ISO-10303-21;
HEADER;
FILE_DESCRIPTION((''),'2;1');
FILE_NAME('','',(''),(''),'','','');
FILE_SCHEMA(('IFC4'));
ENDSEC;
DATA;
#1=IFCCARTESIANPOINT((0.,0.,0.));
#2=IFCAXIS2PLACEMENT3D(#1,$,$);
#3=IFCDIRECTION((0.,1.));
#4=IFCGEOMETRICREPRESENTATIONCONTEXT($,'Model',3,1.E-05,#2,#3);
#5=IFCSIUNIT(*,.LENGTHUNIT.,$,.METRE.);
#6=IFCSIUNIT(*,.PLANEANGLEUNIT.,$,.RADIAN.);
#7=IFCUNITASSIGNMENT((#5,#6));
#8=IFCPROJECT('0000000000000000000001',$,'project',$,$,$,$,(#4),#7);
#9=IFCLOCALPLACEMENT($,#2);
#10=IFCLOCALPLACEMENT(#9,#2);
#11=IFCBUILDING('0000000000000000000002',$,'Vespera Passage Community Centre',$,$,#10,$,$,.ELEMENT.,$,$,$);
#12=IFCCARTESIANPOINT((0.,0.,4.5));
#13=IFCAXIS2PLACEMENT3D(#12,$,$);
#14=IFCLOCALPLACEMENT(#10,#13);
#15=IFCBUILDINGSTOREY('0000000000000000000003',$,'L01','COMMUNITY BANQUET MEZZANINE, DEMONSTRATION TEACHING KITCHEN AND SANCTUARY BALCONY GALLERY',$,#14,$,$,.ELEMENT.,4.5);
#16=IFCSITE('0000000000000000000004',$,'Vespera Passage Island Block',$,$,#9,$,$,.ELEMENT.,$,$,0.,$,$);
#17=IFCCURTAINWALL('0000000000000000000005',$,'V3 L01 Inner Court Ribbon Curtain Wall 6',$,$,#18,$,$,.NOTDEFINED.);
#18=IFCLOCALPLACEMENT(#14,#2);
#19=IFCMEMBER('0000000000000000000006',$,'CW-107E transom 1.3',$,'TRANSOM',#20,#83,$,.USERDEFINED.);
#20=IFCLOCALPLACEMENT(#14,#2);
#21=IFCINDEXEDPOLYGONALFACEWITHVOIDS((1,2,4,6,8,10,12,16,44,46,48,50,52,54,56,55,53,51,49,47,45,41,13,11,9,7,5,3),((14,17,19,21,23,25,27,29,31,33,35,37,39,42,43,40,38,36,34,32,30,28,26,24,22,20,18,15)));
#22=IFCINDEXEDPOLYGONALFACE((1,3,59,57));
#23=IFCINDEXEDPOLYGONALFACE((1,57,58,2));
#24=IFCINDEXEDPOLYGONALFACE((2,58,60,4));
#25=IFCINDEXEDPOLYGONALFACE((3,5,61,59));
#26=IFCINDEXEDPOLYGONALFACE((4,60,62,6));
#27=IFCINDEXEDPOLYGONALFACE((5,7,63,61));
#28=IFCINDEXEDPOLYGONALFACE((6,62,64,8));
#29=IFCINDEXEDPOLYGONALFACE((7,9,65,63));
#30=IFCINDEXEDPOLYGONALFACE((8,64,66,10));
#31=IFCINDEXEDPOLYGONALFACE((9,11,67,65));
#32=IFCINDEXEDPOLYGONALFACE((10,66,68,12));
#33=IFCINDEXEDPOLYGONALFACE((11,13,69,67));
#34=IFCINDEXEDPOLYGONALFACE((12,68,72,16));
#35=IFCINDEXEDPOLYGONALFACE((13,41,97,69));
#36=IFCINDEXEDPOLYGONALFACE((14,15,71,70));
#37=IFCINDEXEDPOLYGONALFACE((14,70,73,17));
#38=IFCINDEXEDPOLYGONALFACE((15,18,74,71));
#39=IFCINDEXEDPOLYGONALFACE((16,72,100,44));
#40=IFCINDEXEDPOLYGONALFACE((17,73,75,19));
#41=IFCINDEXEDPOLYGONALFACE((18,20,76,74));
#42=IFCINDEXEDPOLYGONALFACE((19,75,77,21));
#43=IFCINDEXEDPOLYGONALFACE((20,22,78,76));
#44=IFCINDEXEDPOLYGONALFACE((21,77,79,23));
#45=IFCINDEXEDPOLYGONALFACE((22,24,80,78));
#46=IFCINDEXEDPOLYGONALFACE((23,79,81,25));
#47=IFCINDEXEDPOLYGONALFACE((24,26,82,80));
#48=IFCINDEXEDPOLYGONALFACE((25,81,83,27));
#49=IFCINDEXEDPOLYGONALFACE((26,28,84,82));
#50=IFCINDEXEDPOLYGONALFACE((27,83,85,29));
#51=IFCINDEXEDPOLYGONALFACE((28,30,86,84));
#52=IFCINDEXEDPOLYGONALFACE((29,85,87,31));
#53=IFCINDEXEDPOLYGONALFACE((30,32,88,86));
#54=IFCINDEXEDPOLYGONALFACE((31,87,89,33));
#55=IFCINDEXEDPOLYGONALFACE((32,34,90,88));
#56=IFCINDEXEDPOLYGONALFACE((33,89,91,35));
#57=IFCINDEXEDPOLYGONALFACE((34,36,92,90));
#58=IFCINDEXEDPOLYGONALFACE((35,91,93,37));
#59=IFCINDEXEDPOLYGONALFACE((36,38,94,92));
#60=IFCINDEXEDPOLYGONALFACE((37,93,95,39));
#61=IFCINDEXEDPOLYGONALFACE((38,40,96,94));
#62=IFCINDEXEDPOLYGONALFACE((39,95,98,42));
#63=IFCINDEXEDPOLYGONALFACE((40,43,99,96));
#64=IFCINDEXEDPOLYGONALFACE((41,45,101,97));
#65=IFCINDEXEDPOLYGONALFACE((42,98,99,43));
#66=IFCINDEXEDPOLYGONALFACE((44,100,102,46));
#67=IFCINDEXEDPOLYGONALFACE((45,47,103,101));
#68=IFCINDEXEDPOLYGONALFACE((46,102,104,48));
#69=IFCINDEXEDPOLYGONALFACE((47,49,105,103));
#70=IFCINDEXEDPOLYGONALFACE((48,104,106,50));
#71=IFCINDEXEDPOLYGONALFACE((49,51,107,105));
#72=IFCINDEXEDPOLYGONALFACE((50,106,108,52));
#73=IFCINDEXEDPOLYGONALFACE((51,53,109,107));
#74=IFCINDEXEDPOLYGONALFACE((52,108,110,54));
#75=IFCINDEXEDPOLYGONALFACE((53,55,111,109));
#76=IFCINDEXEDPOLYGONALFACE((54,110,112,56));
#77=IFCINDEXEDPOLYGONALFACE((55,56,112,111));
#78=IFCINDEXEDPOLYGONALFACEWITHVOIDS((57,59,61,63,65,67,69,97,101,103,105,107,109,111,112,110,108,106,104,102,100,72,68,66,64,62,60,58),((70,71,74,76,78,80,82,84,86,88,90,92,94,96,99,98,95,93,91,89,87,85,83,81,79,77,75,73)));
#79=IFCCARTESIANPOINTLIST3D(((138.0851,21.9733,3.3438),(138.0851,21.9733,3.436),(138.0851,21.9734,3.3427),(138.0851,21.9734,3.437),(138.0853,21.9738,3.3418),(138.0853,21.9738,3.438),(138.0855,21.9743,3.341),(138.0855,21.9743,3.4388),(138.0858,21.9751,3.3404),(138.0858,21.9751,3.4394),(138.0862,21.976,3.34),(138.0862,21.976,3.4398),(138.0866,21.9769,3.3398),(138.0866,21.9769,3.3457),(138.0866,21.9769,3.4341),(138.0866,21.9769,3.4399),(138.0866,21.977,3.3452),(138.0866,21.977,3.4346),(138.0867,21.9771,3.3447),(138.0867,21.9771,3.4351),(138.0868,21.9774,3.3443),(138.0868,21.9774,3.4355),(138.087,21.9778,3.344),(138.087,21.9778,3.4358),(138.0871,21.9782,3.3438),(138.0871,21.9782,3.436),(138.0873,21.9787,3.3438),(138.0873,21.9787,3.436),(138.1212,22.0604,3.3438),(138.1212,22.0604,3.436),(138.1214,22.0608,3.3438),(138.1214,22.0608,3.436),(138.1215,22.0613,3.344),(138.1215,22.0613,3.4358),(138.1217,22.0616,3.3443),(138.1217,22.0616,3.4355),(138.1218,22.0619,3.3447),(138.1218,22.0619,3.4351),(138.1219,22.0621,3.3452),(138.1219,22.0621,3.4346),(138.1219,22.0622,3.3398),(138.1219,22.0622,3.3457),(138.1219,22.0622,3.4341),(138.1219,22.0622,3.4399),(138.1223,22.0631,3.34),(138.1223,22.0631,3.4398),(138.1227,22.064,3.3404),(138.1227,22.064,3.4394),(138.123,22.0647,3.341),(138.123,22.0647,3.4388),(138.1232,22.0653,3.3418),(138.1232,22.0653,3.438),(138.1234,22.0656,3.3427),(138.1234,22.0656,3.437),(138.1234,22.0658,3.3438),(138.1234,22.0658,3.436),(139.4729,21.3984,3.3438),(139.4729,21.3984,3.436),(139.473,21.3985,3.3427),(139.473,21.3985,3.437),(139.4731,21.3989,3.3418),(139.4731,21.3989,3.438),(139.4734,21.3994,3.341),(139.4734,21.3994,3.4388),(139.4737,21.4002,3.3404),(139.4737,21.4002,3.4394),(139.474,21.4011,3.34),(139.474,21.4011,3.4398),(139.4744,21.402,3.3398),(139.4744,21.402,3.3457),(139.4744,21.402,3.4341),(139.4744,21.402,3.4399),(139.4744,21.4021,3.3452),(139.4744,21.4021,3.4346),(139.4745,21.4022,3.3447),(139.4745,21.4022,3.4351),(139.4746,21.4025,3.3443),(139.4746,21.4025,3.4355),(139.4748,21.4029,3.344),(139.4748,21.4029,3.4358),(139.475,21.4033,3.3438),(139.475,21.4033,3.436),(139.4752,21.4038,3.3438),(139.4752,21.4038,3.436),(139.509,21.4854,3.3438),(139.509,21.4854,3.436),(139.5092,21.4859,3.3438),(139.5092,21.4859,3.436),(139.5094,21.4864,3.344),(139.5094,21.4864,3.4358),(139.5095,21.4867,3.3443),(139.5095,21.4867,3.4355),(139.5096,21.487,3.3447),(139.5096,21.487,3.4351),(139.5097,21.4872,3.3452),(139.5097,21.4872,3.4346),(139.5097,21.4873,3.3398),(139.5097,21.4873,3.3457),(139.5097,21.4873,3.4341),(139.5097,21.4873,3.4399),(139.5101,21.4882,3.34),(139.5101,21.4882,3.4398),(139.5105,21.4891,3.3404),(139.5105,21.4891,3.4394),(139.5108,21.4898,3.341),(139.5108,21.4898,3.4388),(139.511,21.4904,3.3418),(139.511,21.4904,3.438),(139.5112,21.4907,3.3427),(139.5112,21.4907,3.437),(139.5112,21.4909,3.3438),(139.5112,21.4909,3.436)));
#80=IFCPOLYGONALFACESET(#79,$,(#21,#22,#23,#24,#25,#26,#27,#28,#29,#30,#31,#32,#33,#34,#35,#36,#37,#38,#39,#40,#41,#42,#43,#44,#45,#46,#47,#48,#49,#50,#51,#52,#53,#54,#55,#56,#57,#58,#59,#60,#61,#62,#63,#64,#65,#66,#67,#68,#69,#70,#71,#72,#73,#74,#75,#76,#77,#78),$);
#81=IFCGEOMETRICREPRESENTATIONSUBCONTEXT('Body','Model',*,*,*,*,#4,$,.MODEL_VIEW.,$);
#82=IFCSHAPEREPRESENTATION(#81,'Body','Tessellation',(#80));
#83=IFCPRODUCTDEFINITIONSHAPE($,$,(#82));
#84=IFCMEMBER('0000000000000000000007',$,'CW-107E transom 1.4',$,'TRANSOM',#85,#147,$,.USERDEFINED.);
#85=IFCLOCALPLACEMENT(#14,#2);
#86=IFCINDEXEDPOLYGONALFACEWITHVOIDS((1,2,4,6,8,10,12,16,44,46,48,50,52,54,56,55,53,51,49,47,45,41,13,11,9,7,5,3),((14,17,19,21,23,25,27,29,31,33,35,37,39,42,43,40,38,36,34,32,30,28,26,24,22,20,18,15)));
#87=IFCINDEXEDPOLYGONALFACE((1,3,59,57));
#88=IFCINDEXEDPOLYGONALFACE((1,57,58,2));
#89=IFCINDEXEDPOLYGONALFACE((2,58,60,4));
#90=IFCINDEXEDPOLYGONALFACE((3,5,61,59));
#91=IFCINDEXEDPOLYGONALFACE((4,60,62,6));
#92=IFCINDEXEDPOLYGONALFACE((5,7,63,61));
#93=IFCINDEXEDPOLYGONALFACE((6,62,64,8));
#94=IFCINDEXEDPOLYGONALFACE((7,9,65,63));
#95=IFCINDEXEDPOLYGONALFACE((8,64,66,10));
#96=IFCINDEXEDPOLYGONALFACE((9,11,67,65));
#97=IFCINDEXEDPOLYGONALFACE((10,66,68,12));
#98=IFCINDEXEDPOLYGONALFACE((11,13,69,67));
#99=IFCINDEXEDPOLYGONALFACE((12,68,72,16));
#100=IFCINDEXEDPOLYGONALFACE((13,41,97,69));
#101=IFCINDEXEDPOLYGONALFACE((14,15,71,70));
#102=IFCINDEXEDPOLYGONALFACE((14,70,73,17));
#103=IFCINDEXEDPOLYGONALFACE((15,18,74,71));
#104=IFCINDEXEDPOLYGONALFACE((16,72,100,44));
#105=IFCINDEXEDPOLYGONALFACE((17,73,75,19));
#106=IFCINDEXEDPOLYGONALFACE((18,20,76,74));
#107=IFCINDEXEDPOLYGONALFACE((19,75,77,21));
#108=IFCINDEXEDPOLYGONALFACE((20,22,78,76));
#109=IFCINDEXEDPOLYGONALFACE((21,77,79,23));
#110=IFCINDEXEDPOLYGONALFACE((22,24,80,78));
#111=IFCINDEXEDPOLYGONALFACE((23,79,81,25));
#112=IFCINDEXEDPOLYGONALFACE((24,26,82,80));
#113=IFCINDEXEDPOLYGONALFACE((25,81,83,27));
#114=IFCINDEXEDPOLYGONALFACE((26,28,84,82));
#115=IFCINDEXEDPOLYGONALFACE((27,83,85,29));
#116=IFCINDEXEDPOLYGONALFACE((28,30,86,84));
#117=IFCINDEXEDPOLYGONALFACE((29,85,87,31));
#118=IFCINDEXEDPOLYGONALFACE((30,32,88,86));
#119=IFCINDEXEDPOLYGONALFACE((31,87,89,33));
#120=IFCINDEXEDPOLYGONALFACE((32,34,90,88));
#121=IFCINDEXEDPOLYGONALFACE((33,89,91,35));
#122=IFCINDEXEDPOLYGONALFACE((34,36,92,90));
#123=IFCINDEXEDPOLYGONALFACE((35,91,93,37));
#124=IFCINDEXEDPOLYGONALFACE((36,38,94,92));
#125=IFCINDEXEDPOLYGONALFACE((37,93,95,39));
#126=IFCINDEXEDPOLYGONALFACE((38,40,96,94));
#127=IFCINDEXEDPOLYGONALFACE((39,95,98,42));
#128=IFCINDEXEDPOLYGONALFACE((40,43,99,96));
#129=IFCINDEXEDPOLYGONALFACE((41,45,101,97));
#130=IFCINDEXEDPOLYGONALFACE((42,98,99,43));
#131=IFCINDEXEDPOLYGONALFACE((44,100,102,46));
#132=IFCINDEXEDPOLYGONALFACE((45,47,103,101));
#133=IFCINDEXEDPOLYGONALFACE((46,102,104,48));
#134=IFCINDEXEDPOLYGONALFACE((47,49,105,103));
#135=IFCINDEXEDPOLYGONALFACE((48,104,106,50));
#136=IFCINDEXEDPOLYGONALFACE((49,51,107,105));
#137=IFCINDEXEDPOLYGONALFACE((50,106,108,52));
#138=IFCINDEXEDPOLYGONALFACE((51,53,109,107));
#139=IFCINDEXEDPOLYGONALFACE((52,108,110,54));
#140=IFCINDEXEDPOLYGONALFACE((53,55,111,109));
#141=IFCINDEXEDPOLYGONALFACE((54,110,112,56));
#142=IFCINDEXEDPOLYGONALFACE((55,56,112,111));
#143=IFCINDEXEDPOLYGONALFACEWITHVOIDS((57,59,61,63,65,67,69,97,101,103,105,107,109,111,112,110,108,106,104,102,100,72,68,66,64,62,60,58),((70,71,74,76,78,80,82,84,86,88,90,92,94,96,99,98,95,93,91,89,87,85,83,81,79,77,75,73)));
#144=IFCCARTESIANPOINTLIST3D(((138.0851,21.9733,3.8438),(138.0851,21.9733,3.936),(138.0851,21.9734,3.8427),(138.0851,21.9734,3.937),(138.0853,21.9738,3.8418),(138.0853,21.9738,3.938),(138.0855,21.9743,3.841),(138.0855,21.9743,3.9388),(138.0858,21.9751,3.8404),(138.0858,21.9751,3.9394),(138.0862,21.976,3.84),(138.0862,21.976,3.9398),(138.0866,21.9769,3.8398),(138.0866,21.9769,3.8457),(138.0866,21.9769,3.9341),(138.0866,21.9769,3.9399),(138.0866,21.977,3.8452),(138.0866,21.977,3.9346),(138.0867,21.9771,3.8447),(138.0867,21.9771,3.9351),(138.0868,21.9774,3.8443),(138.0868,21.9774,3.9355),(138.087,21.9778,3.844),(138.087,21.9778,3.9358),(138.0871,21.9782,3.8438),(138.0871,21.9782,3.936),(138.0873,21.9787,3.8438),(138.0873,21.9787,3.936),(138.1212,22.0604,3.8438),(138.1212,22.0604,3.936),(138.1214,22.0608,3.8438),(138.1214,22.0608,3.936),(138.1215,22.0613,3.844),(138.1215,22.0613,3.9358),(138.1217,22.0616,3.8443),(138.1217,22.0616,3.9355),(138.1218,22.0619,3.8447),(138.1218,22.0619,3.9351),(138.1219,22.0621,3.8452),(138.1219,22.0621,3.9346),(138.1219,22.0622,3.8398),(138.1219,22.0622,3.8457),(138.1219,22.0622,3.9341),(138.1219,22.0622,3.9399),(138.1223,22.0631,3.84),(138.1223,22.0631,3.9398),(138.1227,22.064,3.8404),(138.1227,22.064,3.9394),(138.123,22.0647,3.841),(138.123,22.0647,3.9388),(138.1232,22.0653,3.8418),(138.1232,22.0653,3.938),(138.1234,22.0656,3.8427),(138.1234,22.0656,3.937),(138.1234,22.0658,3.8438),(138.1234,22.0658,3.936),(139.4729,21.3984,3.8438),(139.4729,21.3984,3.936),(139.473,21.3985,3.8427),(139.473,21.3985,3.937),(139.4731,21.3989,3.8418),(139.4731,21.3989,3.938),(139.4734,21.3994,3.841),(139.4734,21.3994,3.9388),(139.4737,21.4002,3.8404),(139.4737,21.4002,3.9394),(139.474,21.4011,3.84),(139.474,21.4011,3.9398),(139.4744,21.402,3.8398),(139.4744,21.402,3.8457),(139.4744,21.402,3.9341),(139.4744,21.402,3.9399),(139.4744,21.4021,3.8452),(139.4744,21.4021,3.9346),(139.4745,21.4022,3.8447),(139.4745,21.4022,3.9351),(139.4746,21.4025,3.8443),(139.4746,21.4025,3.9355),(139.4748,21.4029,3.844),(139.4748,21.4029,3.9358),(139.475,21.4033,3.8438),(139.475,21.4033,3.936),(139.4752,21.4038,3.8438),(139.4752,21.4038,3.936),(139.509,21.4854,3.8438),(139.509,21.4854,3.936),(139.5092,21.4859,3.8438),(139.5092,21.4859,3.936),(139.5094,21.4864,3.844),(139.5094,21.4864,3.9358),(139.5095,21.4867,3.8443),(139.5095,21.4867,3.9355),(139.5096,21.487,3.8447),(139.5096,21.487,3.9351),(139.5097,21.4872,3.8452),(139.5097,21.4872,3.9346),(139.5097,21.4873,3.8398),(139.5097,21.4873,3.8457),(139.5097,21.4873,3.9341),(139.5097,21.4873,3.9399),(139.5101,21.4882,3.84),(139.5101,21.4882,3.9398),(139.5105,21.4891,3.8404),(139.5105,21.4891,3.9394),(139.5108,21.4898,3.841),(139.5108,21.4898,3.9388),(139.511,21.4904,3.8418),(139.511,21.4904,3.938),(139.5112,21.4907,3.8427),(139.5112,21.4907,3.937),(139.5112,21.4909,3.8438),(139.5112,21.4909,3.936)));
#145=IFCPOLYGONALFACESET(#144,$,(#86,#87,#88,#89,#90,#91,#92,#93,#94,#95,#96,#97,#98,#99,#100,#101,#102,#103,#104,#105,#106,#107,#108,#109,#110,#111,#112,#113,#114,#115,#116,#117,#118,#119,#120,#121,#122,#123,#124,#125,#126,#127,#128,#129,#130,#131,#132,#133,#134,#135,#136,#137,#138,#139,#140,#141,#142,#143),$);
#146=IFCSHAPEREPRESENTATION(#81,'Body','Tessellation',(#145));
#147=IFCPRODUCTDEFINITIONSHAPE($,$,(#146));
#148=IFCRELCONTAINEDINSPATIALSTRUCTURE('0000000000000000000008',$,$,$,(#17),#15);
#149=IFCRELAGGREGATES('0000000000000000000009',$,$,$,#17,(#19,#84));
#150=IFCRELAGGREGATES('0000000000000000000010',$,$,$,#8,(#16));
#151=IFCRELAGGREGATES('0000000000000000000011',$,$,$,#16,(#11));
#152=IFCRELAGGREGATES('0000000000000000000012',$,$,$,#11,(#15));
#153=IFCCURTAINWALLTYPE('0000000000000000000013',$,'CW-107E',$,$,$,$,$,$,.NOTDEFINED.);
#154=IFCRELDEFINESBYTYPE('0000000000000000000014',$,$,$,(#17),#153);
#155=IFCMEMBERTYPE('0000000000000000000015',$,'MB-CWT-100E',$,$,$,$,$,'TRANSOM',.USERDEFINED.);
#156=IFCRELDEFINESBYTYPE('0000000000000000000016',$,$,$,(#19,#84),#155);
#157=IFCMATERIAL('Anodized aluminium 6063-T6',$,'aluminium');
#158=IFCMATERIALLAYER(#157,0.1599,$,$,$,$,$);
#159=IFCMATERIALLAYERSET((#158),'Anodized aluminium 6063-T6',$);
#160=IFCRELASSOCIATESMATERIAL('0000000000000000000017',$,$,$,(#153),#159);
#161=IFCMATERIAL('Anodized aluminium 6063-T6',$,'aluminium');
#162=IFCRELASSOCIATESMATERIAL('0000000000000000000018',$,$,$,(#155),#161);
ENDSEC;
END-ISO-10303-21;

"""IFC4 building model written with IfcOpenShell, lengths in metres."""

from ifc_helpers import new_model, si_unit, direction, frame, origin, origin_2d, place, context, subcontext, project, spatial, hollow_rectangle, extrude, material, layer, layer_set, material_profile, profile_set, type_object, element, aggregate, save


model = new_model("IFC4")

# Units and contexts
model_context = context("Model", 3, precision=1e-05, world=origin(), true_north=direction((0.0, 1.0)))
body_context = subcontext(model_context, "Body", "Model", "MODEL_VIEW")
ifc_project = project(units=[si_unit("LENGTHUNIT", "METRE"), si_unit("PLANEANGLEUNIT", "RADIAN")], contexts=[model_context])

# Site, building, storey
site_placement = place(None, origin())
site = spatial("IfcSite", under=ifc_project, at=site_placement, Name="Vespera Passage Island Block", CompositionType="ELEMENT", RefElevation=0.0)
building_placement = place(site_placement, origin())
building = spatial("IfcBuilding", under=site, at=building_placement, Name="Vespera Passage Community Centre", CompositionType="ELEMENT")
storey_placement = place(building_placement, frame((0.0, 0.0, 4.5)))
storey = spatial("IfcBuildingStorey", under=building, at=storey_placement, Name="L01", Description="COMMUNITY BANQUET MEZZANINE, DEMONSTRATION TEACHING KITCHEN AND SANCTUARY BALCONY GALLERY", CompositionType="ELEMENT", Elevation=4.5)

# Shared definitions
ifc_material_1 = material(Name="Anodized aluminium 6063-T6", Category="aluminium")
ifc_layer_1 = layer(ifc_material_1, 0.1599)
ifc_layer_set_1 = layer_set([ifc_layer_1], Name="Anodized aluminium 6063-T6")
curtain_wall_type = type_object("IfcCurtainWallType", Name="CW-107E", PredefinedType="NOTDEFINED", material=ifc_layer_set_1)

# Curtain wall, members
curtain_wall_1_placement = place(storey_placement, origin())
curtain_wall_1 = element("IfcCurtainWall", 1, at=curtain_wall_1_placement, inside=storey, type_object=curtain_wall_type, Name="V3 L01 Inner Court Ribbon Curtain Wall 6", PredefinedType="NOTDEFINED")
ifc_material_2 = material(Name="Anodized aluminium 6063-T6", Category="aluminium")
ifc_material_profile_1 = material_profile(ifc_material_2, hollow_rectangle(XDim=0.1001, YDim=0.1001, WallThickness=0.0039, InnerFilletRadius=0.002, OuterFilletRadius=0.0039, at=origin_2d()), Name="ALU100X100X4")
ifc_profile_set_1 = profile_set([ifc_material_profile_1], Name="Anodized aluminium 6063-T6")
member_type_1 = type_object("IfcMemberType", Name="MB-CWT-100E", ElementType="TRANSOM", PredefinedType="USERDEFINED", material=ifc_profile_set_1)
member_1_placement = place(storey_placement, frame((138.1042, 22.0195, 3.3899), z_axis=(0.923868, -0.382711, 0.0), x_axis=(0.382711, 0.923868, 0.0)))
member_1 = element("IfcMember", 2, at=member_1_placement, type_object=member_type_1, Name="CW-107E transom 1.3", ObjectType="TRANSOM", PredefinedType="USERDEFINED", context=body_context, shape_type="SweptSolid", body=[
    extrude(hollow_rectangle(XDim=0.1001, YDim=0.1001, WallThickness=0.0039, InnerFilletRadius=0.002, OuterFilletRadius=0.0039, at=origin_2d()), origin(), (0.0, 0.0, 1.0), 1.5022),
])
member_2_placement = place(storey_placement, frame((138.1042, 22.0195, 3.8899), z_axis=(0.923868, -0.382711, 0.0), x_axis=(0.382711, 0.923868, 0.0)))
member_2 = element("IfcMember", 3, at=member_2_placement, type_object=member_type_1, Name="CW-107E transom 1.4", ObjectType="TRANSOM", PredefinedType="USERDEFINED", context=body_context, shape_type="SweptSolid", body=[
    extrude(hollow_rectangle(XDim=0.1001, YDim=0.1001, WallThickness=0.0039, InnerFilletRadius=0.002, OuterFilletRadius=0.0039, at=origin_2d()), origin(), (0.0, 0.0, 1.0), 1.5022),
])

aggregate(curtain_wall_1, [member_1, member_2])

save(model, "model.ifc")
